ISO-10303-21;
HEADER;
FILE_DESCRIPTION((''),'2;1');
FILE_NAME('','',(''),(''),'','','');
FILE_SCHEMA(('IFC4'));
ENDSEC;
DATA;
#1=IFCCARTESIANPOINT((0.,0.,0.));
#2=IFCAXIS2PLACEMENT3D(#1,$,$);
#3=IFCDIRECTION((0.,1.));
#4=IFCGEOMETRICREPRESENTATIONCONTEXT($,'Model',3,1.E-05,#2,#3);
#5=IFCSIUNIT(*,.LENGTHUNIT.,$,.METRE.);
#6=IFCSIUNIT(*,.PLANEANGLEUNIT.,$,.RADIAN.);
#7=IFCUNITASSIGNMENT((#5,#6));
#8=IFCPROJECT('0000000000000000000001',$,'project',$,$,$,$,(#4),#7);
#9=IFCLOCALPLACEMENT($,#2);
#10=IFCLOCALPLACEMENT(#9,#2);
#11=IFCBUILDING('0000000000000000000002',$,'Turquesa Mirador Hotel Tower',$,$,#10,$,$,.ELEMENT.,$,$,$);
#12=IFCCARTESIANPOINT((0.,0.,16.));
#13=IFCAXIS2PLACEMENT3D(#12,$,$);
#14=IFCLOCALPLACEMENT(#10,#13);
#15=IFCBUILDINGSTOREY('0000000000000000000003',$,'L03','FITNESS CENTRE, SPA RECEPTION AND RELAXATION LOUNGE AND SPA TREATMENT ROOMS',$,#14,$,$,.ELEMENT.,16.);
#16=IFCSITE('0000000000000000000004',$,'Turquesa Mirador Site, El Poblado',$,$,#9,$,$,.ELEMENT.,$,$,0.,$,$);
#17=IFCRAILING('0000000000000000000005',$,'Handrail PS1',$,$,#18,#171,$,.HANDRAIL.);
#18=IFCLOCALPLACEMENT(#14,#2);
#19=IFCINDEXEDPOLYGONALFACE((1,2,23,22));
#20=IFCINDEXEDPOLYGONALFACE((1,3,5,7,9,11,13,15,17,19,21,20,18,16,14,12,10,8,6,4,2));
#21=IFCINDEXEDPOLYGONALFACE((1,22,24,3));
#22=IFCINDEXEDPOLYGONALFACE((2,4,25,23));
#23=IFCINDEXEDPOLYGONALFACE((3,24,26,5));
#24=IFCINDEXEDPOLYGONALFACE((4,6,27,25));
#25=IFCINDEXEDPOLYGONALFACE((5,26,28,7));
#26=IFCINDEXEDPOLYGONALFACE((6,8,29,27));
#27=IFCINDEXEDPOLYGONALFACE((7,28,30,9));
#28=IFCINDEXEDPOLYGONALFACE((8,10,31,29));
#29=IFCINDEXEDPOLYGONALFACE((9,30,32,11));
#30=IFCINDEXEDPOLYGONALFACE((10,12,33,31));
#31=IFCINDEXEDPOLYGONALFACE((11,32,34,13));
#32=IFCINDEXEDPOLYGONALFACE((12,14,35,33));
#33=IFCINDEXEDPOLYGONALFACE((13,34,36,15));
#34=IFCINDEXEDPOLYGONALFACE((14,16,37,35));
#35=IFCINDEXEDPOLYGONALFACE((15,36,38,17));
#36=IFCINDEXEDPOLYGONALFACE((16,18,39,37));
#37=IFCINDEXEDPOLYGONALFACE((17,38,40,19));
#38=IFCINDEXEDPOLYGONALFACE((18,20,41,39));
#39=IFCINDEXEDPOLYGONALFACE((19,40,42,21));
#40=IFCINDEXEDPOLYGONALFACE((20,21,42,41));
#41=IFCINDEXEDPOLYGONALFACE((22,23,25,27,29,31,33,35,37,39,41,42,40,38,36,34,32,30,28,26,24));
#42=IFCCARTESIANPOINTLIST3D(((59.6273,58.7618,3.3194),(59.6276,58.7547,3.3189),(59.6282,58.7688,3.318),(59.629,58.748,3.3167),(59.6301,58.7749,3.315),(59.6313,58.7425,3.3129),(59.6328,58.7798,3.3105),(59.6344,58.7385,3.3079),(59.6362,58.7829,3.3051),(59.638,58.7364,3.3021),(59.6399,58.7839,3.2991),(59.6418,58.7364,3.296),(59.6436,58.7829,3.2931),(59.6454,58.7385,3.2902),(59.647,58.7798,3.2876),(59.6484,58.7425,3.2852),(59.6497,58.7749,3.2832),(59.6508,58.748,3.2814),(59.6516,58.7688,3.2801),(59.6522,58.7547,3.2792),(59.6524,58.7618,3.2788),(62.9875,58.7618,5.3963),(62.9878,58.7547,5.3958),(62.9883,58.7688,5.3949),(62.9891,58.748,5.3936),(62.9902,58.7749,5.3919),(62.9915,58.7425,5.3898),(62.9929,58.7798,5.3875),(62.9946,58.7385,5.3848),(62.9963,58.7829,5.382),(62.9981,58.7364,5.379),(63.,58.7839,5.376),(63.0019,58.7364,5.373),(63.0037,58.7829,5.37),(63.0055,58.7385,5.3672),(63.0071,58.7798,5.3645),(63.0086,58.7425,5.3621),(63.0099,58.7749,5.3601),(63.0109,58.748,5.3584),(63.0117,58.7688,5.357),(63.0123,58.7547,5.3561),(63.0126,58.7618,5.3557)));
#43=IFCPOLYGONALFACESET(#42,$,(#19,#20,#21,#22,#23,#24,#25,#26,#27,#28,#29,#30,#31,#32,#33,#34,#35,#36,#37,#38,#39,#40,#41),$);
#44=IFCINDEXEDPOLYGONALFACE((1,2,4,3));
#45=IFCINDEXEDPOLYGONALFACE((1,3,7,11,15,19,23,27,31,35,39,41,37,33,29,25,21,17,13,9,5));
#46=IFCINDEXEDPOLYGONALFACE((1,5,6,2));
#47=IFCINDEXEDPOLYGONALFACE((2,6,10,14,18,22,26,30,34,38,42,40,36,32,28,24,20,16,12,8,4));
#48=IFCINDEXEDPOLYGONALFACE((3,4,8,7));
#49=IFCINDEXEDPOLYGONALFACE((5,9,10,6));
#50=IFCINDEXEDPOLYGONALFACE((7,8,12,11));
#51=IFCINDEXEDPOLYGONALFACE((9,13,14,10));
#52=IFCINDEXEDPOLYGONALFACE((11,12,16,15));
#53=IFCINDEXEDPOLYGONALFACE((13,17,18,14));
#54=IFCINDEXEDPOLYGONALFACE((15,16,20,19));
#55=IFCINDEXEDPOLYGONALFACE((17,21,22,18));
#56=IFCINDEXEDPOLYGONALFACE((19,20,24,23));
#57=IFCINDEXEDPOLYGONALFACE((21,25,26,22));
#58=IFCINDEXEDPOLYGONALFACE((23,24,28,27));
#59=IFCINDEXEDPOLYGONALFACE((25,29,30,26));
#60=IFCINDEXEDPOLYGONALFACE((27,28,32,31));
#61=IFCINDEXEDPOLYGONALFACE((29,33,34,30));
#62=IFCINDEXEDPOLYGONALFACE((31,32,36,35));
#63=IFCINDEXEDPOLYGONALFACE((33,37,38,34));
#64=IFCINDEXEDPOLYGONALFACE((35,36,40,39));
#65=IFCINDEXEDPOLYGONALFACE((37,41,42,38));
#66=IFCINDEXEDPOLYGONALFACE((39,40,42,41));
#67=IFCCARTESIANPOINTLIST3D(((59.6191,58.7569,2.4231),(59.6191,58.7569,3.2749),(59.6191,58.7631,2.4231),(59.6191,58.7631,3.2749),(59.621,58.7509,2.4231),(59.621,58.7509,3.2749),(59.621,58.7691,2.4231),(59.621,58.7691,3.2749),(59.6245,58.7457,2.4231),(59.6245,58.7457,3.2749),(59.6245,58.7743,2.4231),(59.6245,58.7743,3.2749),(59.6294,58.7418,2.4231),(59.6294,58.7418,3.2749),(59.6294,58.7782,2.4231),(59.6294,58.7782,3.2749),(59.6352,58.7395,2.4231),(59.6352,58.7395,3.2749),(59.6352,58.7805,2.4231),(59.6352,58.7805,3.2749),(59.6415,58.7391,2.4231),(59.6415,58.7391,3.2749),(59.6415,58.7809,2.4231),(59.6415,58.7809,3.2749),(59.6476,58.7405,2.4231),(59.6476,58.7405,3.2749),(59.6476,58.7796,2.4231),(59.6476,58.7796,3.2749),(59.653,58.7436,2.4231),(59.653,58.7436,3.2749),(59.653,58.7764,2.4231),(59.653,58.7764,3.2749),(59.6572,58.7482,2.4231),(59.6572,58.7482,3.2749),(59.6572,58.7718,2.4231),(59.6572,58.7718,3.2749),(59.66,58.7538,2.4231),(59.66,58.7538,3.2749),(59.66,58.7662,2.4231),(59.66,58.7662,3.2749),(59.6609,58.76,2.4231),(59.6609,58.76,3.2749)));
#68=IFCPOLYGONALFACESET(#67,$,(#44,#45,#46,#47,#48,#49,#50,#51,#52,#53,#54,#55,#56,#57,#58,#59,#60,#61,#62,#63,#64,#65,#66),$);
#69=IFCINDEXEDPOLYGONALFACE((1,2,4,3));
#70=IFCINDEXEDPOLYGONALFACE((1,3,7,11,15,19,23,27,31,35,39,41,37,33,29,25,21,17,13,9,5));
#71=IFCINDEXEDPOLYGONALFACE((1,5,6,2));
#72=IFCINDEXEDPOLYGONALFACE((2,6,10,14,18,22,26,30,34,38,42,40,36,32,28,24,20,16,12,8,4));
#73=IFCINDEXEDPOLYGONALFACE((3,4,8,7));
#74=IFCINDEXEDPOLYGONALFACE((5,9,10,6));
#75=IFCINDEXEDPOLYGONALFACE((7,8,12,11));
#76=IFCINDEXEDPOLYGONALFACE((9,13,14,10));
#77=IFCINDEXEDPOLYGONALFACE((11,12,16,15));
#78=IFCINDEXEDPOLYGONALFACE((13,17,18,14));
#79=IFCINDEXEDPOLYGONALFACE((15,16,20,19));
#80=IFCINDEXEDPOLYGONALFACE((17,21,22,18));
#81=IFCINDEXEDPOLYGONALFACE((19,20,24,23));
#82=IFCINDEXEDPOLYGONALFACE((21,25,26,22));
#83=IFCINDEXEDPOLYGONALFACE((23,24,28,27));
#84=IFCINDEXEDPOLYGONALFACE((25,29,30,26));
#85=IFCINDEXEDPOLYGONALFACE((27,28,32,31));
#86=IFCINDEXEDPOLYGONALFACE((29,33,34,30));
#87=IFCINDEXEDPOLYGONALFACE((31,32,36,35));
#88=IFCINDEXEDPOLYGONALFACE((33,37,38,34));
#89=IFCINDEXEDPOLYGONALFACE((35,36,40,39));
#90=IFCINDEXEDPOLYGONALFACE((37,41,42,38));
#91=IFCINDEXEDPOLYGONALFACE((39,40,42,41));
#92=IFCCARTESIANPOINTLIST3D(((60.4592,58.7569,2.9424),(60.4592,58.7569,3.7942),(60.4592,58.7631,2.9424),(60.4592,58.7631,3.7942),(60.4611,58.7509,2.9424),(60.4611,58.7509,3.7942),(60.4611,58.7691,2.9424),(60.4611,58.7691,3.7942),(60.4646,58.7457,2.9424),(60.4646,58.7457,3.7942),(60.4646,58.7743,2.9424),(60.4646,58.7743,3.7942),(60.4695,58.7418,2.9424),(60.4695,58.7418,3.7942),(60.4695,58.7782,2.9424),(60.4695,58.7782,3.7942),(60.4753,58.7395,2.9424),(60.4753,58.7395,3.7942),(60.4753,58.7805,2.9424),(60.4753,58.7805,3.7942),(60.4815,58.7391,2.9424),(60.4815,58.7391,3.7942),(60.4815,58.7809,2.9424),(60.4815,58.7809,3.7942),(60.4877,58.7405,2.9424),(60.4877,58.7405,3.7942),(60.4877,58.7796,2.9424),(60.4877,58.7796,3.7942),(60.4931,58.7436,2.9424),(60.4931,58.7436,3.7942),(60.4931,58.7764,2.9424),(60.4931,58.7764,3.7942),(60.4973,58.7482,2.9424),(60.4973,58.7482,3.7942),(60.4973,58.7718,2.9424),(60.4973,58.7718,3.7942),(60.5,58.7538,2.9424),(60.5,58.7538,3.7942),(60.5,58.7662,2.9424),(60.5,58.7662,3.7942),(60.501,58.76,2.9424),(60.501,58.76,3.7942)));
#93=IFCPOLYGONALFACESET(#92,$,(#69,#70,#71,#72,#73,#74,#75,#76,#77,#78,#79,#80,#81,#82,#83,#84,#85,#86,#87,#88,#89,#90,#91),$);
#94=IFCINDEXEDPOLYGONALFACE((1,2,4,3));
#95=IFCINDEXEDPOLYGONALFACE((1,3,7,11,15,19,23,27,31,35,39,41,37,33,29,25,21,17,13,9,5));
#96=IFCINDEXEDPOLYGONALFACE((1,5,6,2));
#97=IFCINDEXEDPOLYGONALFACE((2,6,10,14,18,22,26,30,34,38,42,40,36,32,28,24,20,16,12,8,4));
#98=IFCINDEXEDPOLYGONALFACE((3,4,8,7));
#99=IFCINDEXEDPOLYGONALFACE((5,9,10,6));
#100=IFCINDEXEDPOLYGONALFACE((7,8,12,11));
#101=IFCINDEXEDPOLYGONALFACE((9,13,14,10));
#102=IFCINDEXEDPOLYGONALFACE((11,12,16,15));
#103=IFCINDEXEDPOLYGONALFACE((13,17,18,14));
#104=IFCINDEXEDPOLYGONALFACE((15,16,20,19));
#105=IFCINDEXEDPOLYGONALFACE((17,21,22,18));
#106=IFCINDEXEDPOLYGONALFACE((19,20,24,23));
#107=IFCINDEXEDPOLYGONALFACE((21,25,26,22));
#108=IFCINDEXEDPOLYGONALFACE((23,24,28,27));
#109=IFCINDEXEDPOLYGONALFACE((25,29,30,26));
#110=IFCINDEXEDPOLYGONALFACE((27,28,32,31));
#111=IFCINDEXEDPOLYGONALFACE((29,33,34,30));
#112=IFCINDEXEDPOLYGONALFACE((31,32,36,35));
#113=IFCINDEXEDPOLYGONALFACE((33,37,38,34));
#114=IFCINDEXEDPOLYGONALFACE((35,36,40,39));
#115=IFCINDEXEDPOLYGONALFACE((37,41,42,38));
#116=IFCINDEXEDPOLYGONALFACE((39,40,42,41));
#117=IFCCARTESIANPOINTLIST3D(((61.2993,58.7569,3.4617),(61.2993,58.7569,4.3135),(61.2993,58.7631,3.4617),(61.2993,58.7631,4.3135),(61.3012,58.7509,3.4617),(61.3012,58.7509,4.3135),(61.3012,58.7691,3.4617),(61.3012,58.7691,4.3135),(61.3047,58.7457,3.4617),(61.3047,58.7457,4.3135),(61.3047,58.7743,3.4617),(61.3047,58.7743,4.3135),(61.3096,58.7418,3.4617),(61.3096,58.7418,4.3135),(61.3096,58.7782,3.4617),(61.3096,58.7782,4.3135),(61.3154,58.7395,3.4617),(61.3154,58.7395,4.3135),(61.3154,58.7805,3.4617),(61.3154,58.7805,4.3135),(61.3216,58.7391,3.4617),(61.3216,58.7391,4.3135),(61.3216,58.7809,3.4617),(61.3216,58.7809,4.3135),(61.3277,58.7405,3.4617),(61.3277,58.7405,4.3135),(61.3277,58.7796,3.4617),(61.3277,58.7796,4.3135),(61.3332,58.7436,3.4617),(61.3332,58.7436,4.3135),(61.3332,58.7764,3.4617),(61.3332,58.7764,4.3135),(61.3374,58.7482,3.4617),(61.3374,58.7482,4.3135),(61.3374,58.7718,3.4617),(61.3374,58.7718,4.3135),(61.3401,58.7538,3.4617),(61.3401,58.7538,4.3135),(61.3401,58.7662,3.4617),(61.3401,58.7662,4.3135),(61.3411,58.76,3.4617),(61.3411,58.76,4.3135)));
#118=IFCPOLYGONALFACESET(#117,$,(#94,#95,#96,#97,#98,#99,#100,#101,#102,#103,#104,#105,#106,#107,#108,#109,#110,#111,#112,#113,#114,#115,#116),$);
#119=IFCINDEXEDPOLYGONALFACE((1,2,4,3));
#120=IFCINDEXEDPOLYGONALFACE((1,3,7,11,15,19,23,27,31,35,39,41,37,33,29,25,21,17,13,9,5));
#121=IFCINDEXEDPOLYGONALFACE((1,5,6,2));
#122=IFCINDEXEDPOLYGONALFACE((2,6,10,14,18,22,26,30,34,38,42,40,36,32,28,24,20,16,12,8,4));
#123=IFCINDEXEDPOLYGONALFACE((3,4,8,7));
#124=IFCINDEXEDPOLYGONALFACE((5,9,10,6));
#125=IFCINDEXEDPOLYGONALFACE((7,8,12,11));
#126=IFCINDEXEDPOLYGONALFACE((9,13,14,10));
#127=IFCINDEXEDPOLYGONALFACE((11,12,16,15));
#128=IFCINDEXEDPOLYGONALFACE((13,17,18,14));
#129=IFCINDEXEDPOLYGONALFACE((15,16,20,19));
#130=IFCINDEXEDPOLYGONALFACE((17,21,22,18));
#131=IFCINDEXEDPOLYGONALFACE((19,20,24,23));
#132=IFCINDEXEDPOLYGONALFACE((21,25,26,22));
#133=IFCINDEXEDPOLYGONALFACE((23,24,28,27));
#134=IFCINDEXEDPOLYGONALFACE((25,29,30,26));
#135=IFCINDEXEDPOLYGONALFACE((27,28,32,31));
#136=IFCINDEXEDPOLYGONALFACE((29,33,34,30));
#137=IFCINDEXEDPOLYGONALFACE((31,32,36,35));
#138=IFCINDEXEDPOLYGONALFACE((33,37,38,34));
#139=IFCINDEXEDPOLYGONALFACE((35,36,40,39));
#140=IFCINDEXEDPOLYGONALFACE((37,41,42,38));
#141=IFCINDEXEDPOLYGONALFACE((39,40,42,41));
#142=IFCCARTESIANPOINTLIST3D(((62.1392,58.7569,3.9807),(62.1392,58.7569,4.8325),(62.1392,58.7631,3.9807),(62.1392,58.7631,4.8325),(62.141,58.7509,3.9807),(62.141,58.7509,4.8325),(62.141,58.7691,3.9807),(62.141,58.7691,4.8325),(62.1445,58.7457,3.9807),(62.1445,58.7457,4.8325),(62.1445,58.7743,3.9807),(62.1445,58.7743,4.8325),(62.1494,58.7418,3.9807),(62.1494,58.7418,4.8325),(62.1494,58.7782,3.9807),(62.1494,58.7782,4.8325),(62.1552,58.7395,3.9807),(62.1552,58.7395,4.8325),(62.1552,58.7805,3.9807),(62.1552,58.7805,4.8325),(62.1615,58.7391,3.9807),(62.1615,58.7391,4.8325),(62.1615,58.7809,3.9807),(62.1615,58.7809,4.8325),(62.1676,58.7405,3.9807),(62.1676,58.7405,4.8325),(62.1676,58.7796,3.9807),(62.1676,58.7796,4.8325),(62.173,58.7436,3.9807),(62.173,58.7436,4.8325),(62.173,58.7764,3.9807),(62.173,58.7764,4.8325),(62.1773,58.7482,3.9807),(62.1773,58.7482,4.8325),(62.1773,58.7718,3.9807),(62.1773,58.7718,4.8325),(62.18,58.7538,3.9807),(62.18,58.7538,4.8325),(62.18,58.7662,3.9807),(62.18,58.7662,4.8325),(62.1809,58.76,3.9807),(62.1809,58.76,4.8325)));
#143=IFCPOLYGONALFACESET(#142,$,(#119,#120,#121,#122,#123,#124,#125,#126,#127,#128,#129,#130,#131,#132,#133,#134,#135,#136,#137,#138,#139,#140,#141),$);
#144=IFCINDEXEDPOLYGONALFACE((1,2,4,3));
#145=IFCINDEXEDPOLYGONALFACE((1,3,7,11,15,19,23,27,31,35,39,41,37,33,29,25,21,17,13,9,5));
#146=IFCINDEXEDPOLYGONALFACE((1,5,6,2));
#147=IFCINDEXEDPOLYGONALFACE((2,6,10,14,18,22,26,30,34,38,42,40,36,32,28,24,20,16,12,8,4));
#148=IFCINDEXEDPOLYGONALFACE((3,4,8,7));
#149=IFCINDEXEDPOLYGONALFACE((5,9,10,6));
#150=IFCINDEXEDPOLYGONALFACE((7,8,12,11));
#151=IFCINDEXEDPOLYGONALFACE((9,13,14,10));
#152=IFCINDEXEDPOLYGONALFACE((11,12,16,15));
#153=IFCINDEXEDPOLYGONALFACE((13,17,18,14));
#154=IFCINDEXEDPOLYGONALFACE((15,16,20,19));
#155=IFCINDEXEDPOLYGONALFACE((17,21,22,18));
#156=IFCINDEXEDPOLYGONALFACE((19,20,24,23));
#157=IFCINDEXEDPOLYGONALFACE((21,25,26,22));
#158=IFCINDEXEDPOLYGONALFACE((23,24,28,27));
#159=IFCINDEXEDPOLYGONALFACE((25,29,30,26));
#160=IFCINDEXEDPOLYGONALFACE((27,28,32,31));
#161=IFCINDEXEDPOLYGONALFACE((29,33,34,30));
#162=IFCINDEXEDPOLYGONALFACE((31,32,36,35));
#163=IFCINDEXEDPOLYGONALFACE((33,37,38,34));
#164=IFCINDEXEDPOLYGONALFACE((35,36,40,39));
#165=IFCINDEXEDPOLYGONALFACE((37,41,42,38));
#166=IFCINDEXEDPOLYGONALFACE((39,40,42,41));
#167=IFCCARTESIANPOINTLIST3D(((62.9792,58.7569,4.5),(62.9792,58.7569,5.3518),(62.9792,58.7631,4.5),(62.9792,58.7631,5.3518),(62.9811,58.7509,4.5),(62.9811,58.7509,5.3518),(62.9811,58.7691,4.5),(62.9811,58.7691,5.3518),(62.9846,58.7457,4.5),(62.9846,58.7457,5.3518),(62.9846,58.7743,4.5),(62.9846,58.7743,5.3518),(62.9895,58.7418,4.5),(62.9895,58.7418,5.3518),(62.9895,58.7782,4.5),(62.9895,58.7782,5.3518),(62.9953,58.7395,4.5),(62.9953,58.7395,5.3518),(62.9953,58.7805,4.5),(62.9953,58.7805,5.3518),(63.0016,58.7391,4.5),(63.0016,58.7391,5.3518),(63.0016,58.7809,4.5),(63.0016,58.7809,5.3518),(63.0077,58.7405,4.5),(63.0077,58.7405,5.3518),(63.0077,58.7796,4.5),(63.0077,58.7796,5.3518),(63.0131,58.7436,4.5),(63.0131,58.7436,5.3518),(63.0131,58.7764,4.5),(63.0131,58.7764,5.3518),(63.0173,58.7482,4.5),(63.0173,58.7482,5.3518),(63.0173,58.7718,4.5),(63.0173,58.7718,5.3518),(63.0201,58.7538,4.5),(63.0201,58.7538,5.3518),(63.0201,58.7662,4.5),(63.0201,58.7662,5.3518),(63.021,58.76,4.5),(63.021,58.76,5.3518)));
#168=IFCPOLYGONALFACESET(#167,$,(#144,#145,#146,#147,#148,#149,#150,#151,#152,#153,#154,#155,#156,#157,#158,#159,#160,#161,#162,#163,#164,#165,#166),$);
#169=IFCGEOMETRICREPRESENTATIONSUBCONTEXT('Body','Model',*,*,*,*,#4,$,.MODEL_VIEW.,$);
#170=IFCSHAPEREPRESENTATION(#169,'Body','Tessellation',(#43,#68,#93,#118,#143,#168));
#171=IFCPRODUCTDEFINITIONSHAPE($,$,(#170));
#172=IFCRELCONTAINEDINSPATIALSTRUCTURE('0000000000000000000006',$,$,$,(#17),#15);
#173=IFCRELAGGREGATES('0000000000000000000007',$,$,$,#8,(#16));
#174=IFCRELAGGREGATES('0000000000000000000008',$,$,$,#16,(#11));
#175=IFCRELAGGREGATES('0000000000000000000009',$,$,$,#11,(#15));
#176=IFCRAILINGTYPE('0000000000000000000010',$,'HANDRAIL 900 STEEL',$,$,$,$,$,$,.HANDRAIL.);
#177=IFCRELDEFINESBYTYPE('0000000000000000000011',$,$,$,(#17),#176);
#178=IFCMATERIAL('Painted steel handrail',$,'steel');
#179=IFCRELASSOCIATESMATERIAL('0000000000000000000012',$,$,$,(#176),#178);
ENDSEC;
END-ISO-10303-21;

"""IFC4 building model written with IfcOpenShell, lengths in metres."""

from ifc_helpers import new_model, si_unit, direction, frame, origin, origin_2d, place, context, subcontext, project, spatial, circle, extrude, material, type_object, element, save


model = new_model("IFC4")

# Units and contexts
model_context = context("Model", 3, precision=1e-05, world=origin(), true_north=direction((0.0, 1.0)))
body_context = subcontext(model_context, "Body", "Model", "MODEL_VIEW")
ifc_project = project(units=[si_unit("LENGTHUNIT", "METRE"), si_unit("PLANEANGLEUNIT", "RADIAN")], contexts=[model_context])

# Site, building, storey
site_placement = place(None, origin())
site = spatial("IfcSite", under=ifc_project, at=site_placement, Name="Turquesa Mirador Site, El Poblado", CompositionType="ELEMENT", RefElevation=0.0)
building_placement = place(site_placement, origin())
building = spatial("IfcBuilding", under=site, at=building_placement, Name="Turquesa Mirador Hotel Tower", CompositionType="ELEMENT")
storey_placement = place(building_placement, frame((0.0, 0.0, 16.0)))
storey = spatial("IfcBuildingStorey", under=building, at=storey_placement, Name="L03", Description="FITNESS CENTRE, SPA RECEPTION AND RELAXATION LOUNGE AND SPA TREATMENT ROOMS", CompositionType="ELEMENT", Elevation=16.0)

# Railing
ifc_material_1 = material(Name="Painted steel handrail", Category="steel")
railing_type = type_object("IfcRailingType", Name="HANDRAIL 900 STEEL", PredefinedType="HANDRAIL", material=ifc_material_1)
railing_1_placement = place(storey_placement, frame((59.6399, 58.76, 2.4231)))
element("IfcRailing", 1, at=railing_1_placement, inside=storey, type_object=railing_type, Name="Handrail PS1", PredefinedType="HANDRAIL", context=body_context, shape_type="SweptSolid", body=[
    extrude(circle(Radius=0.0239, at=origin_2d()), frame((0.0, 0.0, 0.876), z_axis=(0.850623, 0.0, 0.525776), x_axis=(0.0, 1.0, 0.0)), (0.0, 0.0, 1.0), 3.9502),
    extrude(circle(Radius=0.021, at=origin_2d()), origin(), (0.0, 0.0, 1.0), 0.8518),
    extrude(circle(Radius=0.021, at=origin_2d()), frame((0.8401, 0.0, 0.5193)), (0.0, 0.0, 1.0), 0.8518),
    extrude(circle(Radius=0.021, at=origin_2d()), frame((1.6802, 0.0, 1.0386)), (0.0, 0.0, 1.0), 0.8518),
    extrude(circle(Radius=0.021, at=origin_2d()), frame((2.52, 0.0, 1.5576)), (0.0, 0.0, 1.0), 0.8518),
    extrude(circle(Radius=0.021, at=origin_2d()), frame((3.3601, 0.0, 2.0769)), (0.0, 0.0, 1.0), 0.8518),
])

save(model, "model.ifc")
